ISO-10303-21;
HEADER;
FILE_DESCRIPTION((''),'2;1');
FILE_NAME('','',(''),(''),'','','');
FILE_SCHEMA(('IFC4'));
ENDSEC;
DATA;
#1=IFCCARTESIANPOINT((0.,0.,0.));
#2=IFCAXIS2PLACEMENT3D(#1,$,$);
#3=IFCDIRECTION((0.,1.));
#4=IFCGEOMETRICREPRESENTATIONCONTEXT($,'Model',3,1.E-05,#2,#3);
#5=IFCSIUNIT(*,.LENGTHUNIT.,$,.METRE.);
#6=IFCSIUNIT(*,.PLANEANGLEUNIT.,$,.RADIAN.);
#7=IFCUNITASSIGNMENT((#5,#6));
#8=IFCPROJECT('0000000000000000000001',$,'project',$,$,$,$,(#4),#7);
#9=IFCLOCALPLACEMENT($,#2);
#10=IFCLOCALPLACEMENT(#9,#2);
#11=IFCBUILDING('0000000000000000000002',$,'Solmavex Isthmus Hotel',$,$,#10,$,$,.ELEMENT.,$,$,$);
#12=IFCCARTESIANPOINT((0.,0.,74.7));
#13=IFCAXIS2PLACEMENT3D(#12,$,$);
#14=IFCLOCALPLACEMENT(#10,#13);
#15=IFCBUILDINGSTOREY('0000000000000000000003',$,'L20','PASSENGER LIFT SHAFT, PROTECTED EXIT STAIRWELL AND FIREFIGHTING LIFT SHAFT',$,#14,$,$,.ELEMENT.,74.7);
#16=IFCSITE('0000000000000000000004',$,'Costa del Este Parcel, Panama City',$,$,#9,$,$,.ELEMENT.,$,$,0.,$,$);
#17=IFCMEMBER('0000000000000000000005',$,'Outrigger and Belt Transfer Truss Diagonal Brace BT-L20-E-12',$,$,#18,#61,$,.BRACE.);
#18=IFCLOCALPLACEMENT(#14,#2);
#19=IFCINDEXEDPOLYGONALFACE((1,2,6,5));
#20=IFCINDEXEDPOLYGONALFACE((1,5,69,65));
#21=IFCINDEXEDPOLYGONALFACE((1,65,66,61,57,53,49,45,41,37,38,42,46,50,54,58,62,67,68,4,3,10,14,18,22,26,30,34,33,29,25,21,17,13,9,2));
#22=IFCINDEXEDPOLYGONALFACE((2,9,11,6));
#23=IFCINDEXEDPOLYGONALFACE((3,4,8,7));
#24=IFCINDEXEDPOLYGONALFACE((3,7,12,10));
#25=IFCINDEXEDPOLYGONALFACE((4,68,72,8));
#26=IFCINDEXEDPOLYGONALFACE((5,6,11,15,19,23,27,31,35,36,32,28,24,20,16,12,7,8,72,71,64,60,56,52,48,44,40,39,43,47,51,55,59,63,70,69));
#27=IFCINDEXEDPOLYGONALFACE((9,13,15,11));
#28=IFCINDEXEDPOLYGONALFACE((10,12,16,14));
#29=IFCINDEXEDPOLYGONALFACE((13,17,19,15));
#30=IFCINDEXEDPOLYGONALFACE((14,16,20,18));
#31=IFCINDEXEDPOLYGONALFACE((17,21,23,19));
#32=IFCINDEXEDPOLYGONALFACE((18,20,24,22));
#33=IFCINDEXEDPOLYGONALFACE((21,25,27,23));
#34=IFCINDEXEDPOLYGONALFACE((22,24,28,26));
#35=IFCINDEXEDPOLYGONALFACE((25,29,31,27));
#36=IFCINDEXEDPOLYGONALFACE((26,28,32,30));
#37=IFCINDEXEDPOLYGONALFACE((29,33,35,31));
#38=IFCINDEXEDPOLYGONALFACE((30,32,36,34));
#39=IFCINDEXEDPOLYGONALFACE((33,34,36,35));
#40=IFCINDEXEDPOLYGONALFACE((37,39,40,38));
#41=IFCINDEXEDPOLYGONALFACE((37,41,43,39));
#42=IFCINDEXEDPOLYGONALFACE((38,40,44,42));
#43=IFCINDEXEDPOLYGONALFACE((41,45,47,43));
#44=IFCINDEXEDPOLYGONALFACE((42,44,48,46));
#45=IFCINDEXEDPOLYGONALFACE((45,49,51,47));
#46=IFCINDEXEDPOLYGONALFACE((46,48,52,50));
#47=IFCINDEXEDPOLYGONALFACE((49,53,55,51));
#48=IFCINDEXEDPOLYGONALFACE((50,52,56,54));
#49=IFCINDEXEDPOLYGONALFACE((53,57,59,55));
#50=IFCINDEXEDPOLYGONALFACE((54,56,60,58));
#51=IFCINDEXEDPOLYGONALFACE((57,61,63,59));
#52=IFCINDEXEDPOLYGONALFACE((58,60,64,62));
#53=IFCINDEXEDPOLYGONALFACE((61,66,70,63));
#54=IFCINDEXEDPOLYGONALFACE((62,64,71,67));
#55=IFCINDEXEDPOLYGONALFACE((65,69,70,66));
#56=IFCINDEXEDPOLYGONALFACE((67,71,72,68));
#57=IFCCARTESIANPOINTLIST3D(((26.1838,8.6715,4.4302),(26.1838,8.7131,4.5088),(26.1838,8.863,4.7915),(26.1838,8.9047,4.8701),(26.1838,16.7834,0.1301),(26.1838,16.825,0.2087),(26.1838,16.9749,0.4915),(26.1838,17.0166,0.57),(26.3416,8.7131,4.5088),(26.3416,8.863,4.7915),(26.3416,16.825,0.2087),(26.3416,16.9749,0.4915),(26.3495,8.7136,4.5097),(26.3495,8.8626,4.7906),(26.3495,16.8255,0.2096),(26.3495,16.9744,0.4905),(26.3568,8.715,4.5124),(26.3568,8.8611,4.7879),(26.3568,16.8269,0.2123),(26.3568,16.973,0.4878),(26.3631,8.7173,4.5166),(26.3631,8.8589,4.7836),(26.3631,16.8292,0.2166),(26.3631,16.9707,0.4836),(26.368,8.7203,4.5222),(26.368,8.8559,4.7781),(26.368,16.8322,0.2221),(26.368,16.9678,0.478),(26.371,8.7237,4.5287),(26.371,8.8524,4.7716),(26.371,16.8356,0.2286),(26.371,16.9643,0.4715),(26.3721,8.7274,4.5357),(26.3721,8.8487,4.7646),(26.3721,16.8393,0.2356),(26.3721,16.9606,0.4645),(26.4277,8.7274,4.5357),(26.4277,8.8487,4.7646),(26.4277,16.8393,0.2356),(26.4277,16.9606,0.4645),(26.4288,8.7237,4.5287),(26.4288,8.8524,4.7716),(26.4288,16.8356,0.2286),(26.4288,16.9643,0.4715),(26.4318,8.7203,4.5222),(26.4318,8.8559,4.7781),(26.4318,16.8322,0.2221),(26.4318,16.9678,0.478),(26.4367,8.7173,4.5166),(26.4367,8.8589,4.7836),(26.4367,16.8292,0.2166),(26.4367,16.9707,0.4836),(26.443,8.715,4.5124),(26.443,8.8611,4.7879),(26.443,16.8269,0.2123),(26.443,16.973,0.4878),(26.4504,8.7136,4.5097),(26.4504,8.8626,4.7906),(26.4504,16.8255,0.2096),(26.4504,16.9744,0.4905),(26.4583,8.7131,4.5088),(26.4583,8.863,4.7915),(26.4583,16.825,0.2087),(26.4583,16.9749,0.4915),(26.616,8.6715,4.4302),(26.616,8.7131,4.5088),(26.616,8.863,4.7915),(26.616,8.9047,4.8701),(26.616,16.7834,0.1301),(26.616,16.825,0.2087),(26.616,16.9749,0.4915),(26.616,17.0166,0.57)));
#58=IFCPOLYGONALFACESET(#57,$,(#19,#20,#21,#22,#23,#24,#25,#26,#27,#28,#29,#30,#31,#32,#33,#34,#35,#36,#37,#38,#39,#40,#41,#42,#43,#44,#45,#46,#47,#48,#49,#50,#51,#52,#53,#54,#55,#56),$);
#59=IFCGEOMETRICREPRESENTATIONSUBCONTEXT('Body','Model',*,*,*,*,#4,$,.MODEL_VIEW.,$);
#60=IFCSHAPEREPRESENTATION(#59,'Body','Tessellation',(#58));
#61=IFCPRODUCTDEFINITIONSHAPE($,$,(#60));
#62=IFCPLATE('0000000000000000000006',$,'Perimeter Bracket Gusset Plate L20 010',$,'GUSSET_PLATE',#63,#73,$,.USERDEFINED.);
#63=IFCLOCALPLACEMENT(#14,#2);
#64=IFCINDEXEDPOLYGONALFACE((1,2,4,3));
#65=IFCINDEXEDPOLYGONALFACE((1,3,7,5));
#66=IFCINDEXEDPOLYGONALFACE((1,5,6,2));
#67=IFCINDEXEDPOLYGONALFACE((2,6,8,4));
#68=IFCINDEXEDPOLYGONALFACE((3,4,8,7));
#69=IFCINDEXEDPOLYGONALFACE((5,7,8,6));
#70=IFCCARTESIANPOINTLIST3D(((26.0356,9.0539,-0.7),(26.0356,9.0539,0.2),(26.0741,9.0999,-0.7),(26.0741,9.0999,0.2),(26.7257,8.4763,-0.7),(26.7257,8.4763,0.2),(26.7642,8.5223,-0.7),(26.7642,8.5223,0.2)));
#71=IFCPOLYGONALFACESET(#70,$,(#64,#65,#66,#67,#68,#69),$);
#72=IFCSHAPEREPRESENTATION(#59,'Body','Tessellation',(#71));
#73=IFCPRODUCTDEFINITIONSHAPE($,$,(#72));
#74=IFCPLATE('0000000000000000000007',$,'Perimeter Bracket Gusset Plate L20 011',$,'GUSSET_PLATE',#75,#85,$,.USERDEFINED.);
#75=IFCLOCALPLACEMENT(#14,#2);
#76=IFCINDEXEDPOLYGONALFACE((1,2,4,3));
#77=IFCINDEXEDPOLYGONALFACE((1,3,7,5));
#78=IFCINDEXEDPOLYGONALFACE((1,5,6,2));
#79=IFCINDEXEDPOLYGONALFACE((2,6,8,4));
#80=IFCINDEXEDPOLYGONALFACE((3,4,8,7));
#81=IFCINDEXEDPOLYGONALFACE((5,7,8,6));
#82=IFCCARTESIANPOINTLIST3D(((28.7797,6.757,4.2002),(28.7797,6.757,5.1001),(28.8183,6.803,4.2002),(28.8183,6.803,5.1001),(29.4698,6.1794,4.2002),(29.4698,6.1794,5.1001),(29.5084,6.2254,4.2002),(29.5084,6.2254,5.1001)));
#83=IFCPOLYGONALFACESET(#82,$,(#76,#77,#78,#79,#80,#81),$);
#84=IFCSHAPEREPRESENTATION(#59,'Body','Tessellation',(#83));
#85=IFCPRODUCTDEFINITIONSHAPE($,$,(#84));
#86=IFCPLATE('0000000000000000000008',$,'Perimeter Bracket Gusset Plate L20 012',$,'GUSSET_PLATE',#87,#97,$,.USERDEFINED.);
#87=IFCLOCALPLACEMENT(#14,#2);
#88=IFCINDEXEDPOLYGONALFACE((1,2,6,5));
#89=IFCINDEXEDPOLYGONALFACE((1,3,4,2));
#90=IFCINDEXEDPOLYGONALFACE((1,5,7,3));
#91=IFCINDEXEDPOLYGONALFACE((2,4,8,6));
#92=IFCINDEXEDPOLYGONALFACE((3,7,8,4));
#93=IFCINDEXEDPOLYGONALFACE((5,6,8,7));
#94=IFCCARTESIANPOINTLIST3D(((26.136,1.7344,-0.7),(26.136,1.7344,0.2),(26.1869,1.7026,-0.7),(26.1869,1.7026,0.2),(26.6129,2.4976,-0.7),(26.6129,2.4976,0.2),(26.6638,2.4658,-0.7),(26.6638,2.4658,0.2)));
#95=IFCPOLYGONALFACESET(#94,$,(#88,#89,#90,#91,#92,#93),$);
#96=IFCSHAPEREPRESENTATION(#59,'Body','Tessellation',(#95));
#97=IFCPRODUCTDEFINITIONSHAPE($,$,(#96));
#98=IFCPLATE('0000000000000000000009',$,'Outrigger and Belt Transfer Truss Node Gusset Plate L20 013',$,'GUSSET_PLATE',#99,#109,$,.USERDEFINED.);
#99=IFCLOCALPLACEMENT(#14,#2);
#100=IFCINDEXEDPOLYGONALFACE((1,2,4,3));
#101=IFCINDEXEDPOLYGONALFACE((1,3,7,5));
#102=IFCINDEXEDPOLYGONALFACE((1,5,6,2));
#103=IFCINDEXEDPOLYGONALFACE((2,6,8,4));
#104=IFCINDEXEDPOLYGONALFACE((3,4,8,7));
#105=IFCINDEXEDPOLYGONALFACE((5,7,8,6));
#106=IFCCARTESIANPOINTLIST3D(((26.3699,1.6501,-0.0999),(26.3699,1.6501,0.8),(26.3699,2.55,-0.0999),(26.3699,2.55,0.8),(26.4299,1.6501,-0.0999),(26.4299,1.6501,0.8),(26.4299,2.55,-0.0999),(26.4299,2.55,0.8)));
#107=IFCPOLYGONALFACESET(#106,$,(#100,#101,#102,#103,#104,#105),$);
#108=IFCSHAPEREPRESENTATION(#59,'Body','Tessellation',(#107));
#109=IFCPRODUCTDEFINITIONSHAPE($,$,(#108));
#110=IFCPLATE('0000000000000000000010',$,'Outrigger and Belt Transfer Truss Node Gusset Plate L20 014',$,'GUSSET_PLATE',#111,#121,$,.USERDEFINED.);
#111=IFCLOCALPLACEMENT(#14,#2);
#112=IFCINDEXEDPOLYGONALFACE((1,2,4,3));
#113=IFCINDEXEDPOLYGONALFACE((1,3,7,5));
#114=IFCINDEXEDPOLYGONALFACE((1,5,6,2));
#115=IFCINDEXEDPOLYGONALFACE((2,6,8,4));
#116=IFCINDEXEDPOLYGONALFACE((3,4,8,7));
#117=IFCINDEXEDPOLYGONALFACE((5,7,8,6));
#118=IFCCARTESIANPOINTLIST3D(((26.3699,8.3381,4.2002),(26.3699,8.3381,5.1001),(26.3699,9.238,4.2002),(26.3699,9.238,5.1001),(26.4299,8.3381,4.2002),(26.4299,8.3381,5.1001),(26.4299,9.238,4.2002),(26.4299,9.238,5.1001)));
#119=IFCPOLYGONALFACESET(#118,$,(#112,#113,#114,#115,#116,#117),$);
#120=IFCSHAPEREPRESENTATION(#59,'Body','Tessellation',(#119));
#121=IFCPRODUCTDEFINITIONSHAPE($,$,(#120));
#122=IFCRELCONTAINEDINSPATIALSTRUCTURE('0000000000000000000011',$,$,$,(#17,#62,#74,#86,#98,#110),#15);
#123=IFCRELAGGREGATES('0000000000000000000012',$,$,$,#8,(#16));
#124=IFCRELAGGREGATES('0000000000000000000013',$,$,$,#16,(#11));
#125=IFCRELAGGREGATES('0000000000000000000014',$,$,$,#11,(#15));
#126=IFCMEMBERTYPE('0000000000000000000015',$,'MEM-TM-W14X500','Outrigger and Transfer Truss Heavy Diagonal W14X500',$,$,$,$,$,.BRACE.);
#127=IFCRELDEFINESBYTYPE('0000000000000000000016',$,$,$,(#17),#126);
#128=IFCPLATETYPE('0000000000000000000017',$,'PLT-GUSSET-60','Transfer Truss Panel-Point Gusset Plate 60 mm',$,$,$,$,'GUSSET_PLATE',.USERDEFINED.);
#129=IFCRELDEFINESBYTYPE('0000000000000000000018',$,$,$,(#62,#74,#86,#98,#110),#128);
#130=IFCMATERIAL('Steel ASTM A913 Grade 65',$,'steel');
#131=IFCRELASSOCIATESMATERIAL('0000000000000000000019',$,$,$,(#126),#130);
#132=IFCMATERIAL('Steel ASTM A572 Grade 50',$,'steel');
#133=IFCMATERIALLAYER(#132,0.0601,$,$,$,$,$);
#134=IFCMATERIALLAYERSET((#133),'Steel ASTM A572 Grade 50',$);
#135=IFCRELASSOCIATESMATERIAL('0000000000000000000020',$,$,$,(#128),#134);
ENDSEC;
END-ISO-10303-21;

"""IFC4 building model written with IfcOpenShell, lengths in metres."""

from ifc_helpers import new_model, si_unit, direction, frame, origin, origin_2d, place, context, subcontext, project, spatial, rectangle, i_section, extrude, material, layer, layer_set, material_profile, profile_set, type_object, element, save


model = new_model("IFC4")

# Units and contexts
model_context = context("Model", 3, precision=1e-05, world=origin(), true_north=direction((0.0, 1.0)))
body_context = subcontext(model_context, "Body", "Model", "MODEL_VIEW")
ifc_project = project(units=[si_unit("LENGTHUNIT", "METRE"), si_unit("PLANEANGLEUNIT", "RADIAN")], contexts=[model_context])

# Site, building, storey
site_placement = place(None, origin())
site = spatial("IfcSite", under=ifc_project, at=site_placement, Name="Costa del Este Parcel, Panama City", CompositionType="ELEMENT", RefElevation=0.0)
building_placement = place(site_placement, origin())
building = spatial("IfcBuilding", under=site, at=building_placement, Name="Solmavex Isthmus Hotel", CompositionType="ELEMENT")
storey_placement = place(building_placement, frame((0.0, 0.0, 74.7)))
storey = spatial("IfcBuildingStorey", under=building, at=storey_placement, Name="L20", Description="PASSENGER LIFT SHAFT, PROTECTED EXIT STAIRWELL AND FIREFIGHTING LIFT SHAFT", CompositionType="ELEMENT", Elevation=74.7)

# Shared definitions
ifc_material_1 = material(Name="Steel ASTM A913 Grade 65", Category="steel")

# Member
ifc_material_profile_1 = material_profile(ifc_material_1, i_section(OverallWidth=0.4321, OverallDepth=0.4978, WebThickness=0.0557, FlangeThickness=0.0889, FilletRadius=0.0305, at=origin_2d()), Name="W14X500")
ifc_profile_set_1 = profile_set([ifc_material_profile_1], Name="Steel ASTM A913 Grade 65")
member_type_1 = type_object("IfcMemberType", Name="MEM-TM-W14X500", Description="Outrigger and Transfer Truss Heavy Diagonal W14X500", PredefinedType="BRACE", material=ifc_profile_set_1)
member_1_placement = place(storey_placement, frame((26.3999, 8.7881, 4.6501), z_axis=(0.0, 0.883537, -0.46836), x_axis=(-1.0, 0.0, 0.0)))
element("IfcMember", 1, at=member_1_placement, inside=storey, type_object=member_type_1, Name="Outrigger and Belt Transfer Truss Diagonal Brace BT-L20-E-12", PredefinedType="BRACE", context=body_context, shape_type="SweptSolid", body=[
    extrude(i_section(OverallWidth=0.4321, OverallDepth=0.4978, WebThickness=0.0557, FlangeThickness=0.0889, FilletRadius=0.0305, at=origin_2d()), origin(), (0.0, 0.0, 1.0), 9.1812),
])

# Plates
ifc_material_2 = material(Name="Steel ASTM A572 Grade 50", Category="steel")
ifc_layer = layer(ifc_material_2, 0.0601)
ifc_layer_set = layer_set([ifc_layer], Name="Steel ASTM A572 Grade 50")
plate_type = type_object("IfcPlateType", Name="PLT-GUSSET-60", Description="Transfer Truss Panel-Point Gusset Plate 60 mm", ElementType="GUSSET_PLATE", PredefinedType="USERDEFINED", material=ifc_layer_set)
for number, where, z_axis, x_axis, name in (
    (2, (26.3999, 8.7881, -0.7), (0.0, 0.0, 1.0), (0.76684, -0.641838, 0.0), "Perimeter Bracket Gusset Plate L20 010"),
    (3, (29.144, 6.4912, 4.2002), (0.0, 0.0, 1.0), (0.76684, -0.641838, 0.0), "Perimeter Bracket Gusset Plate L20 011"),
    (4, (26.3999, 2.1001, -0.7), (0.0, 0.0, 1.0), (0.529934, 0.848039, 0.0), "Perimeter Bracket Gusset Plate L20 012"),
    (5, (26.3999, 2.1001, -0.0999), (0.0, 0.0, 1.0), (0.0, 1.0, 0.0), "Outrigger and Belt Transfer Truss Node Gusset Plate L20 013"),
    (6, (26.3999, 8.7881, 4.2002), (0.0, 0.0, 1.0), (0.0, 1.0, 0.0), "Outrigger and Belt Transfer Truss Node Gusset Plate L20 014"),
):
    element("IfcPlate", number, at=place(storey_placement, frame(where, z_axis=z_axis, x_axis=x_axis)), inside=storey, type_object=plate_type, Name=name, ObjectType="GUSSET_PLATE", PredefinedType="USERDEFINED", context=body_context, shape_type="SweptSolid", body=[
        extrude(rectangle(XDim=0.8999, YDim=0.0601, at=origin_2d()), origin(), (0.0, 0.0, 1.0), 0.8999),
    ])

save(model, "model.ifc")
